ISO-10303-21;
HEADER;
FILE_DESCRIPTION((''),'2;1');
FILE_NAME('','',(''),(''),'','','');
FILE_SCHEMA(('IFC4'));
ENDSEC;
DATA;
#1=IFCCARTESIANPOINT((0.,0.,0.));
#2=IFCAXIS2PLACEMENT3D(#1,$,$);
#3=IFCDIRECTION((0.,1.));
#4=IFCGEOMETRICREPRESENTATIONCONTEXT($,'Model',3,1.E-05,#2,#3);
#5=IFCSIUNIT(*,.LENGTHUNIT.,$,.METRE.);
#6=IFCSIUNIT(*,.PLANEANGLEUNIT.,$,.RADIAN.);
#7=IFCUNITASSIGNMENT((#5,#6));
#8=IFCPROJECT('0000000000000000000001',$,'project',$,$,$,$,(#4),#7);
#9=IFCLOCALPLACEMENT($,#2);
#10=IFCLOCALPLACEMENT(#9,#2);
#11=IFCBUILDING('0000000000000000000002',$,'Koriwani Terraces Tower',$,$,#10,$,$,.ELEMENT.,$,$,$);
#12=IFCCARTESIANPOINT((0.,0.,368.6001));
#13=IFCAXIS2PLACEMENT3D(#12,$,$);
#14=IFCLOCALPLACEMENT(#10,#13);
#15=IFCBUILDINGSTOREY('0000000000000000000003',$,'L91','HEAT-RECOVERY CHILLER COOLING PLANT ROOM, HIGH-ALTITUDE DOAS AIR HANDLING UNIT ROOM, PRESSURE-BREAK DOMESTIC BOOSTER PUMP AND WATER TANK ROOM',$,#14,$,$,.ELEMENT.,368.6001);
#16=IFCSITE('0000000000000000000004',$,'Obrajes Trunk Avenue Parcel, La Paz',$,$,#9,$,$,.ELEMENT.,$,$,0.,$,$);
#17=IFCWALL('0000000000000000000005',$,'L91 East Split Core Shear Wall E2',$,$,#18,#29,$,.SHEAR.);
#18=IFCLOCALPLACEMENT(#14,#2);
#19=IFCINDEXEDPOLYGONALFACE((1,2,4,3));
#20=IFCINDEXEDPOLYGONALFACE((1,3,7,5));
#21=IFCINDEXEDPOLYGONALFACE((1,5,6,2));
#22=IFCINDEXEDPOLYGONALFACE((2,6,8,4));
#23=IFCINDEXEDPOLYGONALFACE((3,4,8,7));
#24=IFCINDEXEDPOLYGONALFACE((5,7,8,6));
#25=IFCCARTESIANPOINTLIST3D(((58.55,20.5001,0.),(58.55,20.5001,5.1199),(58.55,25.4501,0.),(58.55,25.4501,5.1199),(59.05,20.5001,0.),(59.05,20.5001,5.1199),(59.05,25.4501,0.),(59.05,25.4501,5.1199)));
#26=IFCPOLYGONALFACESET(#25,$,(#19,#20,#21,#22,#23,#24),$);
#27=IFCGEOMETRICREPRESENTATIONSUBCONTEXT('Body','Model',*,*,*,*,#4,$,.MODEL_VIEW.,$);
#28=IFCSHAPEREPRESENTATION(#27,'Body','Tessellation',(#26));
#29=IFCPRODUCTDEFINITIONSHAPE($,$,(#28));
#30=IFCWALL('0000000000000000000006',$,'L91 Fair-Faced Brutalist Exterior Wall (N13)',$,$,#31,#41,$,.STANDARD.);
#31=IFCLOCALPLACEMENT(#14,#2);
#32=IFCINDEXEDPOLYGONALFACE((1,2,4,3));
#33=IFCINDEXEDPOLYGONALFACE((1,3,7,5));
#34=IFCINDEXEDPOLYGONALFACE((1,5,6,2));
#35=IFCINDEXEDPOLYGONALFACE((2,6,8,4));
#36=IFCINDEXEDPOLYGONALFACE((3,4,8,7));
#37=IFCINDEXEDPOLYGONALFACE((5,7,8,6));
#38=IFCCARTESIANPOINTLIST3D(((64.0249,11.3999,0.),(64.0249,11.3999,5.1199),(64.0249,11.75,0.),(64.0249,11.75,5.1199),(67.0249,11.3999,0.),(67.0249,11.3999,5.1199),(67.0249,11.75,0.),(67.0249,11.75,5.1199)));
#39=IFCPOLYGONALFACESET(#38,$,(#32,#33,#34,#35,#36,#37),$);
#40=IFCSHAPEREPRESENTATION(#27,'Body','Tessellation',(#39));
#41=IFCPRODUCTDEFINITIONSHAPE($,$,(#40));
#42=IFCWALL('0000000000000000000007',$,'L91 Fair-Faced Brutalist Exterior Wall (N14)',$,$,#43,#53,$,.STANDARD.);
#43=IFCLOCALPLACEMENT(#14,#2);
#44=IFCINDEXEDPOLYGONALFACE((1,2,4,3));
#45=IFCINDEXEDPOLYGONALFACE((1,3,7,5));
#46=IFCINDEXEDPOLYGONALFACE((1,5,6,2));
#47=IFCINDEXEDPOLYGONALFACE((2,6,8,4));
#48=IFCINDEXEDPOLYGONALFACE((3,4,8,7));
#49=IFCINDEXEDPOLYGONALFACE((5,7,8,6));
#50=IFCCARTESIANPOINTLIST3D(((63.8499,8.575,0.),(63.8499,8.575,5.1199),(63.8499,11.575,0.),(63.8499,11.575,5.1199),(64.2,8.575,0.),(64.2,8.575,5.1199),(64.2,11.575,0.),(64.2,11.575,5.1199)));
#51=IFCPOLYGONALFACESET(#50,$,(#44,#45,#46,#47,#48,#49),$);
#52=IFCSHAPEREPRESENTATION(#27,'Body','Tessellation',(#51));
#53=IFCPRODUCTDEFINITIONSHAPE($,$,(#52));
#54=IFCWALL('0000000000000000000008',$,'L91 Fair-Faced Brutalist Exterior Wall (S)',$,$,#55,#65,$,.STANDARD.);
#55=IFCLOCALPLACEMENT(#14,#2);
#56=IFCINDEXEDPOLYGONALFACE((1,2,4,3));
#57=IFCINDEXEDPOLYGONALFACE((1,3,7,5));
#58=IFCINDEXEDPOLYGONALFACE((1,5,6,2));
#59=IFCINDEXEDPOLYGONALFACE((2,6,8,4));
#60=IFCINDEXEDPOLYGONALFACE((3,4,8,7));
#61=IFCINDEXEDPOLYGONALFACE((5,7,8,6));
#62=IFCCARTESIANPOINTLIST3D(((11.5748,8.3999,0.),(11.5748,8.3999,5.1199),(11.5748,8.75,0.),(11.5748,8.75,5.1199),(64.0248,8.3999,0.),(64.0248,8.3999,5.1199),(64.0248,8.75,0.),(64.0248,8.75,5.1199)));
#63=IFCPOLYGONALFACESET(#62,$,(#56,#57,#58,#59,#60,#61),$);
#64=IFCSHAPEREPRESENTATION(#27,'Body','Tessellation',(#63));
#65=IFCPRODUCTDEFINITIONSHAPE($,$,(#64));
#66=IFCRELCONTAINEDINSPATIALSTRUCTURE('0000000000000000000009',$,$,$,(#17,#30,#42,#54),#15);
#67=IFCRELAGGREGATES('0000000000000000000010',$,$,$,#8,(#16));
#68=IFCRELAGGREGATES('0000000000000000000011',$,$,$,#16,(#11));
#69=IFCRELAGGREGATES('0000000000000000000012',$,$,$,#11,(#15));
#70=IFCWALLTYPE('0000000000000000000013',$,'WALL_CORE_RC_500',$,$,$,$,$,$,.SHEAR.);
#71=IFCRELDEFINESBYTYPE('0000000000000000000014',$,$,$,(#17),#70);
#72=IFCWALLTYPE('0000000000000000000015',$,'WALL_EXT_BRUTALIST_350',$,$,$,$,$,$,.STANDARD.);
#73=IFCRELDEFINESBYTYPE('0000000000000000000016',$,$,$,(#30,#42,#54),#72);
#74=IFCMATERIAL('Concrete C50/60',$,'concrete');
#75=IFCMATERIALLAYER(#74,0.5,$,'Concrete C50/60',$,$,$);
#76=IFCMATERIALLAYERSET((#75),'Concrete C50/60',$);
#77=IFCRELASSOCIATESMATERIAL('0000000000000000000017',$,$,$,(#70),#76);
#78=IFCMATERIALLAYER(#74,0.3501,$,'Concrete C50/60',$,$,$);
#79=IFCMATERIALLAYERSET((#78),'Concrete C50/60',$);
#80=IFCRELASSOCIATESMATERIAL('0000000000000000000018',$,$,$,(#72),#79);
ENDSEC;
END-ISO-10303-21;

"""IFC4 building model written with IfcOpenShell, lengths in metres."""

from ifc_helpers import new_model, si_unit, direction, frame, frame_2d, origin, place, context, subcontext, project, spatial, rectangle, extrude, material, layer, layer_set, type_object, element, save


model = new_model("IFC4")

# Units and contexts
model_context = context("Model", 3, precision=1e-05, world=origin(), true_north=direction((0.0, 1.0)))
body_context = subcontext(model_context, "Body", "Model", "MODEL_VIEW")
ifc_project = project(units=[si_unit("LENGTHUNIT", "METRE"), si_unit("PLANEANGLEUNIT", "RADIAN")], contexts=[model_context])

# Site, building, storey
site_placement = place(None, origin())
site = spatial("IfcSite", under=ifc_project, at=site_placement, Name="Obrajes Trunk Avenue Parcel, La Paz", CompositionType="ELEMENT", RefElevation=0.0)
building_placement = place(site_placement, origin())
building = spatial("IfcBuilding", under=site, at=building_placement, Name="Koriwani Terraces Tower", CompositionType="ELEMENT")
storey_placement = place(building_placement, frame((0.0, 0.0, 368.6001)))
storey = spatial("IfcBuildingStorey", under=building, at=storey_placement, Name="L91", Description="HEAT-RECOVERY CHILLER COOLING PLANT ROOM, HIGH-ALTITUDE DOAS AIR HANDLING UNIT ROOM, PRESSURE-BREAK DOMESTIC BOOSTER PUMP AND WATER TANK ROOM", CompositionType="ELEMENT", Elevation=368.6001)

# Shared definitions
ifc_material_1 = material(Name="Concrete C50/60", Category="concrete")

# Walls
ifc_layer_1 = layer(ifc_material_1, 0.5, Name="Concrete C50/60")
ifc_layer_set_1 = layer_set([ifc_layer_1], Name="Concrete C50/60")
wall_type_1 = type_object("IfcWallType", Name="WALL_CORE_RC_500", PredefinedType="SHEAR", material=ifc_layer_set_1)
wall_1_placement = place(storey_placement, frame((58.8, 20.5, 0.0), z_axis=(0.0, 0.0, 1.0), x_axis=(0.0, 1.0, 0.0)))
element("IfcWall", 1, at=wall_1_placement, inside=storey, type_object=wall_type_1, Name="L91 East Split Core Shear Wall E2", PredefinedType="SHEAR", context=body_context, shape_type="SweptSolid", body=[
    extrude(rectangle(XDim=4.95, YDim=0.5, at=frame_2d((2.4751, 0.0))), origin(), (0.0, 0.0, 1.0), 5.1199),
])
ifc_layer_2 = layer(ifc_material_1, 0.3501, Name="Concrete C50/60")
ifc_layer_set_2 = layer_set([ifc_layer_2], Name="Concrete C50/60")
wall_type_2 = type_object("IfcWallType", Name="WALL_EXT_BRUTALIST_350", PredefinedType="STANDARD", material=ifc_layer_set_2)
for number, where, z_axis, x_axis, name in (
    (2, (67.0249, 11.575, 0.0), (0.0, 0.0, 1.0), (-1.0, 0.0, 0.0), "L91 Fair-Faced Brutalist Exterior Wall (N13)"),
    (3, (64.0249, 11.575, 0.0), (0.0, 0.0, 1.0), (0.0, -1.0, 0.0), "L91 Fair-Faced Brutalist Exterior Wall (N14)"),
):
    element("IfcWall", number, at=place(storey_placement, frame(where, z_axis=z_axis, x_axis=x_axis)), inside=storey, type_object=wall_type_2, Name=name, PredefinedType="STANDARD", context=body_context, shape_type="SweptSolid", body=[
        extrude(rectangle(XDim=3.0, YDim=0.3501, at=frame_2d((1.5, 0.0))), origin(), (0.0, 0.0, 1.0), 5.1199),
    ])
wall_2_placement = place(storey_placement, frame((64.0249, 8.575, 0.0), z_axis=(0.0, 0.0, 1.0), x_axis=(-1.0, 0.0, 0.0)))
element("IfcWall", 4, at=wall_2_placement, inside=storey, type_object=wall_type_2, Name="L91 Fair-Faced Brutalist Exterior Wall (S)", PredefinedType="STANDARD", context=body_context, shape_type="SweptSolid", body=[
    extrude(rectangle(XDim=52.45, YDim=0.3501, at=frame_2d((26.2251, 0.0))), origin(), (0.0, 0.0, 1.0), 5.1199),
])

save(model, "model.ifc")
